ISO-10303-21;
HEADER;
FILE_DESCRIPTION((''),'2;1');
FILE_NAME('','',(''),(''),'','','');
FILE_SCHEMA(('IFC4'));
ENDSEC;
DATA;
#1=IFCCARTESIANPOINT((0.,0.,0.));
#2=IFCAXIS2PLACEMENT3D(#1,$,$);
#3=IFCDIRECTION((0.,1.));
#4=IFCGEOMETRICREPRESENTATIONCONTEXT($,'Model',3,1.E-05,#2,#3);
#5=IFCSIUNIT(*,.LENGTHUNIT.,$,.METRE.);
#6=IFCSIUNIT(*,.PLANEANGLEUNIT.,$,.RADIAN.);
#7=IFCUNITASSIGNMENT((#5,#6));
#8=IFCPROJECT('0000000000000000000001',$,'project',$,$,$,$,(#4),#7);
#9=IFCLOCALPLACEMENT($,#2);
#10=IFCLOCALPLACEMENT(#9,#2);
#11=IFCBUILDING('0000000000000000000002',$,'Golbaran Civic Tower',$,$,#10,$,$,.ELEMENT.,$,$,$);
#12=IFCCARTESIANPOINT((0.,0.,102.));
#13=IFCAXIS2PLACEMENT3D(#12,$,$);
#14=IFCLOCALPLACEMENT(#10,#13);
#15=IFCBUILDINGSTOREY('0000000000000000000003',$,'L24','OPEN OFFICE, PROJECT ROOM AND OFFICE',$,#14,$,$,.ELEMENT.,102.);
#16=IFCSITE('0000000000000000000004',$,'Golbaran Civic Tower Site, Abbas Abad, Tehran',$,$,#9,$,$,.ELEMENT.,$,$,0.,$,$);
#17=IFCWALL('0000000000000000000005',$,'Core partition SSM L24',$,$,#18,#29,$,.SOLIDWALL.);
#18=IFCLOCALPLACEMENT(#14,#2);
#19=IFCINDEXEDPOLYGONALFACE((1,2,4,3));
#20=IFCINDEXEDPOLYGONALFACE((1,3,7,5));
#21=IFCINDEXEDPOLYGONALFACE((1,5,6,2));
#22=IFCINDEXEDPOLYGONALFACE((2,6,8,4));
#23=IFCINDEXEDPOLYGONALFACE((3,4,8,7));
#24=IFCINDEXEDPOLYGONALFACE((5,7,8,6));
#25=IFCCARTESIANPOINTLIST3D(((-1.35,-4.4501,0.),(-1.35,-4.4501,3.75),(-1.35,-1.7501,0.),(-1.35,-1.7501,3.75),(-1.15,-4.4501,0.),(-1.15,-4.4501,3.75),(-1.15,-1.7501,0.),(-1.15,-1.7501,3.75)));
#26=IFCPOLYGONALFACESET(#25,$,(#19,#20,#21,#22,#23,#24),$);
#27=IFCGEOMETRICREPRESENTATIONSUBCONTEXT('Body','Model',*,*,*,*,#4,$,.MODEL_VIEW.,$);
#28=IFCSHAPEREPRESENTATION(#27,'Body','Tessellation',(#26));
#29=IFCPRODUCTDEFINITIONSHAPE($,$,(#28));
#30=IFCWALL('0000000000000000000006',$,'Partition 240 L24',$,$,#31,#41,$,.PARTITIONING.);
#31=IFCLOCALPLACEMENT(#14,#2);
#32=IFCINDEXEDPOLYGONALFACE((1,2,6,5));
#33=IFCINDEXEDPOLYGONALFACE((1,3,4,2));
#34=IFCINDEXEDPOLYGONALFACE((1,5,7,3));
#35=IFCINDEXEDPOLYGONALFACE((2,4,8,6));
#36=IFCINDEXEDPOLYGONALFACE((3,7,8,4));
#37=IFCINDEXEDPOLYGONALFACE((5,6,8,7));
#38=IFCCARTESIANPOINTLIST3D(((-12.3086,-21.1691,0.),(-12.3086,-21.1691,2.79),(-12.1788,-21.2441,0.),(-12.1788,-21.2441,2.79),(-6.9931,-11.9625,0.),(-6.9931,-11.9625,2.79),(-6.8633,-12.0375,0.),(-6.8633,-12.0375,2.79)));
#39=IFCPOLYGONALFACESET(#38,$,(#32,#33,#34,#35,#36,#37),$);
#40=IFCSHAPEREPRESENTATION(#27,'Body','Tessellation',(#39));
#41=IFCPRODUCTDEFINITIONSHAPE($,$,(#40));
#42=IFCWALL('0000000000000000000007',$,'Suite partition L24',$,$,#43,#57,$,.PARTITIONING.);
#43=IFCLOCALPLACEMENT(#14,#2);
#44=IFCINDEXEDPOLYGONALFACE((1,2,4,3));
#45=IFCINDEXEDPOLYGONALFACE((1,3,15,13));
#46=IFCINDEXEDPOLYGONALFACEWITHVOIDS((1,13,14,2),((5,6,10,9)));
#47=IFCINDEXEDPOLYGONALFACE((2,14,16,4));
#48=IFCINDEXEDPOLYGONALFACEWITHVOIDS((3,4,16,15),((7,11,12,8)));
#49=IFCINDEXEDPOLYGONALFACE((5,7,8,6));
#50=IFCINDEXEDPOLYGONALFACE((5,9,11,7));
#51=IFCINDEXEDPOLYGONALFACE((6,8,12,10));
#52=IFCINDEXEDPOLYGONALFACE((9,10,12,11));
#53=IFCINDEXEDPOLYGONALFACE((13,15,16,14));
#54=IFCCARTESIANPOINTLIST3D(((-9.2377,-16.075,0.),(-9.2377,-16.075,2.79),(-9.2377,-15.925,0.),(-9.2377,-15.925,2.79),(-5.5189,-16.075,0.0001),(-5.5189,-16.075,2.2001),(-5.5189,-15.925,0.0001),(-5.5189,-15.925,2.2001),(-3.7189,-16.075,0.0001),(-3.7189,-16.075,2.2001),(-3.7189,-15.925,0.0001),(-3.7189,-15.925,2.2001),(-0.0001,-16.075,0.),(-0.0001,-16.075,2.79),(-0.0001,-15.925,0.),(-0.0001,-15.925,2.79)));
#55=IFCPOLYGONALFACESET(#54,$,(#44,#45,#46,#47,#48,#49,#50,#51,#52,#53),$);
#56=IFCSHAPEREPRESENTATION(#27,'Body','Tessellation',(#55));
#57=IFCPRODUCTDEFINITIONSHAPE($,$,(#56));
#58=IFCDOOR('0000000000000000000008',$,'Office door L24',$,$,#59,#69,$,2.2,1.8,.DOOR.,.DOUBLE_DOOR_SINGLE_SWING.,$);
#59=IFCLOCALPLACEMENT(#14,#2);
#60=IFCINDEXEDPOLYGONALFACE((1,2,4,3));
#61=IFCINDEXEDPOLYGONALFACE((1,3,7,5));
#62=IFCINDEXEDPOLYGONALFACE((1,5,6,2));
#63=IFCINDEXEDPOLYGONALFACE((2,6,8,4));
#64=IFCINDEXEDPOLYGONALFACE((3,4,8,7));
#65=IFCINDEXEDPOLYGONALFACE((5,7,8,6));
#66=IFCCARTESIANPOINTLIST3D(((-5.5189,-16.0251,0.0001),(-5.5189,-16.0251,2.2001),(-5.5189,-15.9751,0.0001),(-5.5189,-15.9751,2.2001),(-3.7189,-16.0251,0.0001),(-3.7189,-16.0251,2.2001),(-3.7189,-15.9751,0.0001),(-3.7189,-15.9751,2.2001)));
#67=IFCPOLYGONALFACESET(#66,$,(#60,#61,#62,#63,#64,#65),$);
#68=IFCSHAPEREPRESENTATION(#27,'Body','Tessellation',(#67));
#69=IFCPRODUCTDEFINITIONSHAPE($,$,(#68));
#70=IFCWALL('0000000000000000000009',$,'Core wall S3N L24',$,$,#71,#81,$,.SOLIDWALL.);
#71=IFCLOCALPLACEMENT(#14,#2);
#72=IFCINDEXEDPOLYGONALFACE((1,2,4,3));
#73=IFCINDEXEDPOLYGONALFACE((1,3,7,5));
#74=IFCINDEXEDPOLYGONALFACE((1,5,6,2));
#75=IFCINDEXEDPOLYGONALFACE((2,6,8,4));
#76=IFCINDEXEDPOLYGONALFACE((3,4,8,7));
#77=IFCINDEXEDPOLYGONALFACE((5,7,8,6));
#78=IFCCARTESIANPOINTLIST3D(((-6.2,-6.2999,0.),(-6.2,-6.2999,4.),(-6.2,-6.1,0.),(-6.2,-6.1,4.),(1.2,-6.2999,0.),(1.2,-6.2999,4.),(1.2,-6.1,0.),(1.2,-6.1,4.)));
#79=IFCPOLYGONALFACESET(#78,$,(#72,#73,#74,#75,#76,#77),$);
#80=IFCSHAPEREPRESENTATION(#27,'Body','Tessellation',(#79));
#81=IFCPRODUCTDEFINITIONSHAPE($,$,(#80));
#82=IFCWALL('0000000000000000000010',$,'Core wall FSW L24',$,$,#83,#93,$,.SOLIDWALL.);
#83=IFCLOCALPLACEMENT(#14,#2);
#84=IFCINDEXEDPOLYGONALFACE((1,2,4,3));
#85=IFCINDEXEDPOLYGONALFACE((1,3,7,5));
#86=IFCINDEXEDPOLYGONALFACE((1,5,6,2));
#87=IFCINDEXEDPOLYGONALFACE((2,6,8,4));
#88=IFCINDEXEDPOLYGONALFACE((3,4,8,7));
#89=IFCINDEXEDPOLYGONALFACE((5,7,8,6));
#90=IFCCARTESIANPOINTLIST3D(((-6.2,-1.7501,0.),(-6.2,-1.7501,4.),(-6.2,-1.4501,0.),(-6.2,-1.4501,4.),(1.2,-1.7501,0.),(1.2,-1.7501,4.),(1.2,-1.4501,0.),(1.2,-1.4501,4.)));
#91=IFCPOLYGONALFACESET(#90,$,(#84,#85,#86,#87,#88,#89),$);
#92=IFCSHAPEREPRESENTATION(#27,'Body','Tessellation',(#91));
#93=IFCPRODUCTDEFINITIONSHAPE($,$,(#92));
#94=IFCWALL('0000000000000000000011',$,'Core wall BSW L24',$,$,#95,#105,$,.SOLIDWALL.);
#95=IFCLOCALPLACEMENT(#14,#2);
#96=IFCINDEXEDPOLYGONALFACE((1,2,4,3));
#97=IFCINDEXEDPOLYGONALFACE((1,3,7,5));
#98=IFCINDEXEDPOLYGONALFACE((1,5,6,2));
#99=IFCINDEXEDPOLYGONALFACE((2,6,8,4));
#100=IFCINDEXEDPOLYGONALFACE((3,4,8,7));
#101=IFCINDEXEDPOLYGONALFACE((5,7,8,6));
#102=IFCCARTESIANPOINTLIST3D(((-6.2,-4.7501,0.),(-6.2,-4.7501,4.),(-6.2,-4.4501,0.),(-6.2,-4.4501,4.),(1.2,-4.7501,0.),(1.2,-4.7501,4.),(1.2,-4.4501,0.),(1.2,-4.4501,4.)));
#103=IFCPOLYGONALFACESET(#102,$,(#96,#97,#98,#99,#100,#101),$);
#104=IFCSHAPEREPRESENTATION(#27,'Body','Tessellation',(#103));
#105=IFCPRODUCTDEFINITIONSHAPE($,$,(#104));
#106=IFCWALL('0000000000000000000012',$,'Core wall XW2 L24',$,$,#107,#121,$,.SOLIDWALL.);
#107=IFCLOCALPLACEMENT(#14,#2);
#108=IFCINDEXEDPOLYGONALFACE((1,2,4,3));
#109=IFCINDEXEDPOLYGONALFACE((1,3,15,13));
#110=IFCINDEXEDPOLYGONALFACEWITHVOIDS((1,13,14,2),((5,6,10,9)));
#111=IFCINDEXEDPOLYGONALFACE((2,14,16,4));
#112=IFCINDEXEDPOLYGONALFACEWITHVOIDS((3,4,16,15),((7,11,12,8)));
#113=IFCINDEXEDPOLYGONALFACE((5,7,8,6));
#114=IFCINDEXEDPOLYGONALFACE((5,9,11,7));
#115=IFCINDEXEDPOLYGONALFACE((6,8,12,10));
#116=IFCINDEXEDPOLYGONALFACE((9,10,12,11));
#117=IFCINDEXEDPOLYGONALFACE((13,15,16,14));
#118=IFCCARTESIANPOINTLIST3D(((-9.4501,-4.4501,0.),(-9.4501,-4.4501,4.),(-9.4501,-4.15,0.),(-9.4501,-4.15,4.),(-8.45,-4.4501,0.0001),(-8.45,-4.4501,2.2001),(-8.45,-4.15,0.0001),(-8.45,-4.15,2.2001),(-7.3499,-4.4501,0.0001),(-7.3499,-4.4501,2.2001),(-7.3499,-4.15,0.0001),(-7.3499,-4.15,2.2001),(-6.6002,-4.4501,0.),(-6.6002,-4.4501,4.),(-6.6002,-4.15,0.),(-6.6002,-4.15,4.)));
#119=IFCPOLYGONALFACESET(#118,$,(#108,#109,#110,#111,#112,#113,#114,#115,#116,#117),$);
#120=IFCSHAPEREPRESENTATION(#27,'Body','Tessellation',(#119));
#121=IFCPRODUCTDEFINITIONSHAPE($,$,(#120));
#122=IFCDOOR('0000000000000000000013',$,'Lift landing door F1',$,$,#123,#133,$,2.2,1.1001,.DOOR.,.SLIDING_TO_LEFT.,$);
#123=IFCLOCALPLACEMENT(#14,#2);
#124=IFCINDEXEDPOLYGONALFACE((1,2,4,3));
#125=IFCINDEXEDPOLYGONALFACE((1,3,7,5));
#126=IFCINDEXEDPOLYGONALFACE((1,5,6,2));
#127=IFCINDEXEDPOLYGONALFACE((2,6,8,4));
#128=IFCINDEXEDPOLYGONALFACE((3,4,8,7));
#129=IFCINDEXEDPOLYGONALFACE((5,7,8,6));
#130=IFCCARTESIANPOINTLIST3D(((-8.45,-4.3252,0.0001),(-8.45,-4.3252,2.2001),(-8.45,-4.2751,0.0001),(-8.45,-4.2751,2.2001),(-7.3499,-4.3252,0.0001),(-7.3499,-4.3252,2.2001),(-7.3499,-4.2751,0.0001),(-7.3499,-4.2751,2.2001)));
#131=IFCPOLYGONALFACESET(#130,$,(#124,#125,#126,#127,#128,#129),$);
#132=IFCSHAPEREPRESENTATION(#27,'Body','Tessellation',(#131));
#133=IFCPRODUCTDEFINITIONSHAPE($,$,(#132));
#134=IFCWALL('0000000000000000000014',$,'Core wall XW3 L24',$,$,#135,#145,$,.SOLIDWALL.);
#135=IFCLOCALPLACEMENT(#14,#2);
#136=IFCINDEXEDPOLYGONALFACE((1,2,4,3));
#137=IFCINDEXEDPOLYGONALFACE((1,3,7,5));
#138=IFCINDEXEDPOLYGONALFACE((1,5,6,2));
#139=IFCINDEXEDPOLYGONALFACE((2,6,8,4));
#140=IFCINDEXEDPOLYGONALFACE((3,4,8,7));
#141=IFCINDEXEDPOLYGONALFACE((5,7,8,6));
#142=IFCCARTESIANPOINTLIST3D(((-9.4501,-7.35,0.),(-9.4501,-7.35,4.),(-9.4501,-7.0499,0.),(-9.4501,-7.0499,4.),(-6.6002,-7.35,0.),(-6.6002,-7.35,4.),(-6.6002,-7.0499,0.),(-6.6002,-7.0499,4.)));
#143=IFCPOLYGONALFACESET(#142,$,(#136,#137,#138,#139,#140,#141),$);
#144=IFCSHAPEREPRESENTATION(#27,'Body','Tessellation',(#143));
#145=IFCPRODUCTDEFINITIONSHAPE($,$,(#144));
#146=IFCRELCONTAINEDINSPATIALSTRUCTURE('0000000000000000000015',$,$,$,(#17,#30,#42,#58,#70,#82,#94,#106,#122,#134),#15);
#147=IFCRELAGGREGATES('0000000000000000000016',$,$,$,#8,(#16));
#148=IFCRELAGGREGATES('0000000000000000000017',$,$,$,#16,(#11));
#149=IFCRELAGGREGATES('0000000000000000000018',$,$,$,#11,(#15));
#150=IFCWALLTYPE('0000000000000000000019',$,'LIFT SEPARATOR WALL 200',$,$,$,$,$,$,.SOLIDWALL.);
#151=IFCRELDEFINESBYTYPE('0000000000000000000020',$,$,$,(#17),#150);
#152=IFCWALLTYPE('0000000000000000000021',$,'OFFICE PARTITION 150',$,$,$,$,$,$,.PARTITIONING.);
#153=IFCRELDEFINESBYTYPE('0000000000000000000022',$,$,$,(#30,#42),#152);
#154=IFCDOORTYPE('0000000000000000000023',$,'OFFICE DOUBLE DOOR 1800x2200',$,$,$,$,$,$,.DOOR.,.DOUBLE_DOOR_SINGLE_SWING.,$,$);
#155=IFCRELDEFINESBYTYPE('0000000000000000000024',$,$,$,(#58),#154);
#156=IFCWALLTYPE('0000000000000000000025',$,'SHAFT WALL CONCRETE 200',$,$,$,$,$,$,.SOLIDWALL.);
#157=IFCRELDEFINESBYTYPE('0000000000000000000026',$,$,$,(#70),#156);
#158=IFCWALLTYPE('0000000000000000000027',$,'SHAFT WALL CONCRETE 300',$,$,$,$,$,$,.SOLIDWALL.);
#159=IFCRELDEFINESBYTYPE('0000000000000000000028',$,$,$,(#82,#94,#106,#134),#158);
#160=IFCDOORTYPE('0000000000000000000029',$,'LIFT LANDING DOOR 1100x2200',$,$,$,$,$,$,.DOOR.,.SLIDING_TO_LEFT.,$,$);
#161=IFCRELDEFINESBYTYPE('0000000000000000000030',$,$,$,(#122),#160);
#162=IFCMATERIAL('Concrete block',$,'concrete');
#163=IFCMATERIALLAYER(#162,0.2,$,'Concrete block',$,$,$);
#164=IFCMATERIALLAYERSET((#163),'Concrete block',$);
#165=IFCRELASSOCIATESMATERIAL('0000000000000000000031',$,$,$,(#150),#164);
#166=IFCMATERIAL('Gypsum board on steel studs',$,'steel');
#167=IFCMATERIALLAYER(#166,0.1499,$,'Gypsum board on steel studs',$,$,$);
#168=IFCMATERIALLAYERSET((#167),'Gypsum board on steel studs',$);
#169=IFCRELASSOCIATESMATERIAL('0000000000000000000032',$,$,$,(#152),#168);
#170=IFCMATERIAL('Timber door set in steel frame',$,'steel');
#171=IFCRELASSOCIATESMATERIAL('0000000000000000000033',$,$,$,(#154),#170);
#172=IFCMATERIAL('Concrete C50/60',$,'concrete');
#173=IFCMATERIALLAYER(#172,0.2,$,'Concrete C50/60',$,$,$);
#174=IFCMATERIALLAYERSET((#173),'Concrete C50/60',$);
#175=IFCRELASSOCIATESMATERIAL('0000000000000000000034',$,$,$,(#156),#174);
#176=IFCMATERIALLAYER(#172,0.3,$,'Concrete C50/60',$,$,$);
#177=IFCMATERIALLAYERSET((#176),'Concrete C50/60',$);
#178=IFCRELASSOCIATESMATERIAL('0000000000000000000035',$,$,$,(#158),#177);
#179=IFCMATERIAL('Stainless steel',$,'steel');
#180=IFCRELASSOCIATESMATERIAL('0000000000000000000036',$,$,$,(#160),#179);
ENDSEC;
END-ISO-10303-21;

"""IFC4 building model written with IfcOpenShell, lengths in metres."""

from ifc_helpers import new_model, si_unit, direction, frame, frame_2d, origin, place, context, subcontext, project, spatial, rectangle, extrude, material, layer, layer_set, type_object, element, fill, save


model = new_model("IFC4")

# Units and contexts
model_context = context("Model", 3, precision=1e-05, world=origin(), true_north=direction((0.0, 1.0)))
body_context = subcontext(model_context, "Body", "Model", "MODEL_VIEW")
ifc_project = project(units=[si_unit("LENGTHUNIT", "METRE"), si_unit("PLANEANGLEUNIT", "RADIAN")], contexts=[model_context])

# Site, building, storey
site_placement = place(None, origin())
site = spatial("IfcSite", under=ifc_project, at=site_placement, Name="Golbaran Civic Tower Site, Abbas Abad, Tehran", CompositionType="ELEMENT", RefElevation=0.0)
building_placement = place(site_placement, origin())
building = spatial("IfcBuilding", under=site, at=building_placement, Name="Golbaran Civic Tower", CompositionType="ELEMENT")
storey_placement = place(building_placement, frame((0.0, 0.0, 102.0)))
storey = spatial("IfcBuildingStorey", under=building, at=storey_placement, Name="L24", Description="OPEN OFFICE, PROJECT ROOM AND OFFICE", CompositionType="ELEMENT", Elevation=102.0)

# Shared definitions
ifc_material_1 = material(Name="Concrete C50/60", Category="concrete")
ifc_material_2 = material(Name="Timber door set in steel frame", Category="steel")

# Walls
ifc_material_3 = material(Name="Concrete block", Category="concrete")
ifc_layer_1 = layer(ifc_material_3, 0.2, Name="Concrete block")
ifc_layer_set_1 = layer_set([ifc_layer_1], Name="Concrete block")
wall_type_1 = type_object("IfcWallType", Name="LIFT SEPARATOR WALL 200", PredefinedType="SOLIDWALL", material=ifc_layer_set_1)
for number, where, z_axis, x_axis, name in (
    (1, (-1.25, -1.75, 0.0), (0.0, 0.0, 1.0), (0.0, -1.0, 0.0), "Core partition SSM L24"),
):
    element("IfcWall", number, at=place(storey_placement, frame(where, z_axis=z_axis, x_axis=x_axis)), inside=storey, type_object=wall_type_1, Name=name, PredefinedType="SOLIDWALL", context=body_context, shape_type="SweptSolid", body=[
        extrude(rectangle(XDim=2.7, YDim=0.2, at=frame_2d((1.3501, 0.0))), origin(), (0.0, 0.0, 1.0), 3.75),
    ])
ifc_material_4 = material(Name="Gypsum board on steel studs", Category="steel")
ifc_layer_2 = layer(ifc_material_4, 0.1499, Name="Gypsum board on steel studs")
ifc_layer_set_2 = layer_set([ifc_layer_2], Name="Gypsum board on steel studs")
wall_type_2 = type_object("IfcWallType", Name="OFFICE PARTITION 150", PredefinedType="PARTITIONING", material=ifc_layer_set_2)
wall_1_placement = place(storey_placement, frame((-6.9282, -12.0, 0.0), z_axis=(0.0, 0.0, 1.0), x_axis=(-0.500002, -0.866024, 0.0)))
element("IfcWall", 2, at=wall_1_placement, inside=storey, type_object=wall_type_2, Name="Partition 240 L24", PredefinedType="PARTITIONING", context=body_context, shape_type="SweptSolid", body=[
    extrude(rectangle(XDim=10.6309, YDim=0.1499, at=frame_2d((5.3154, 0.0))), origin(), (0.0, 0.0, 1.0), 2.79),
])

# Wall, opening, door
wall_2_placement = place(storey_placement, frame((-9.2375, -16.0, 0.0), z_axis=(0.0, 0.0, 1.0), x_axis=(1.0, 0.0, 0.0)))
wall_2 = element("IfcWall", 3, at=wall_2_placement, inside=storey, type_object=wall_type_2, Name="Suite partition L24", PredefinedType="PARTITIONING", context=body_context, shape_type="SweptSolid", body=[
    extrude(rectangle(XDim=9.2375, YDim=0.1499, at=frame_2d((4.6187, 0.0))), origin(), (0.0, 0.0, 1.0), 2.79),
])
opening_1_placement = place(wall_2_placement, frame((3.7188, 0.0, 0.0)))
opening_1 = element("IfcOpeningElement", 4, at=opening_1_placement, cuts=wall_2, PredefinedType="OPENING", context=body_context, shape_type="SweptSolid", body=[
    extrude(rectangle(XDim=1.8, YDim=2.2, at=frame_2d((0.8999, 1.1001))), frame((0.0, 0.085, 0.0), z_axis=(0.0, -1.0, 0.0), x_axis=(1.0, 0.0, 0.0)), (0.0, 0.0, 1.0), 0.1699),
])
door_type_1 = type_object("IfcDoorType", Name="OFFICE DOUBLE DOOR 1800x2200", OperationType="DOUBLE_DOOR_SINGLE_SWING", PredefinedType="DOOR", material=ifc_material_2)
door_1_placement = place(opening_1_placement, origin())
door_1 = element("IfcDoor", 5, at=door_1_placement, inside=storey, type_object=door_type_1, Name="Office door L24", OperationType="DOUBLE_DOOR_SINGLE_SWING", OverallHeight=2.2, OverallWidth=1.8, PredefinedType="DOOR", context=body_context, shape_type="SweptSolid", body=[
    extrude(rectangle(XDim=1.8, YDim=2.2, at=frame_2d((0.8999, 1.1001))), frame((0.0, 0.0249, 0.0), z_axis=(0.0, -1.0, 0.0), x_axis=(1.0, 0.0, 0.0)), (0.0, 0.0, 1.0), 0.05),
])
fill(opening_1, door_1)

# Walls
ifc_layer_3 = layer(ifc_material_1, 0.2, Name="Concrete C50/60")
ifc_layer_set_3 = layer_set([ifc_layer_3], Name="Concrete C50/60")
wall_type_3 = type_object("IfcWallType", Name="SHAFT WALL CONCRETE 200", PredefinedType="SOLIDWALL", material=ifc_layer_set_3)
wall_3_placement = place(storey_placement, frame((-6.2, -6.2, 0.0), z_axis=(0.0, 0.0, 1.0), x_axis=(1.0, 0.0, 0.0)))
element("IfcWall", 6, at=wall_3_placement, inside=storey, type_object=wall_type_3, Name="Core wall S3N L24", PredefinedType="SOLIDWALL", context=body_context, shape_type="SweptSolid", body=[
    extrude(rectangle(XDim=7.3999, YDim=0.2, at=frame_2d((3.7, 0.0))), origin(), (0.0, 0.0, 1.0), 4.0),
])
ifc_layer_4 = layer(ifc_material_1, 0.3, Name="Concrete C50/60")
ifc_layer_set_4 = layer_set([ifc_layer_4], Name="Concrete C50/60")
wall_type_4 = type_object("IfcWallType", Name="SHAFT WALL CONCRETE 300", PredefinedType="SOLIDWALL", material=ifc_layer_set_4)
for number, where, z_axis, x_axis, name in (
    (7, (-6.2, -1.6001, 0.0), (0.0, 0.0, 1.0), (1.0, 0.0, 0.0), "Core wall FSW L24"),
    (8, (-6.2, -4.6001, 0.0), (0.0, 0.0, 1.0), (1.0, 0.0, 0.0), "Core wall BSW L24"),
):
    element("IfcWall", number, at=place(storey_placement, frame(where, z_axis=z_axis, x_axis=x_axis)), inside=storey, type_object=wall_type_4, Name=name, PredefinedType="SOLIDWALL", context=body_context, shape_type="SweptSolid", body=[
        extrude(rectangle(XDim=7.3999, YDim=0.3, at=frame_2d((3.7, 0.0))), origin(), (0.0, 0.0, 1.0), 4.0),
    ])

# Wall, opening, door
wall_4_placement = place(storey_placement, frame((-9.45, -4.3, 0.0), z_axis=(0.0, 0.0, 1.0), x_axis=(1.0, 0.0, 0.0)))
wall_4 = element("IfcWall", 9, at=wall_4_placement, inside=storey, type_object=wall_type_4, Name="Core wall XW2 L24", PredefinedType="SOLIDWALL", context=body_context, shape_type="SweptSolid", body=[
    extrude(rectangle(XDim=2.8499, YDim=0.3, at=frame_2d((1.4248, 0.0))), origin(), (0.0, 0.0, 1.0), 4.0),
])
opening_2_placement = place(wall_4_placement, frame((1.0, 0.0, 0.0)))
opening_2 = element("IfcOpeningElement", 10, at=opening_2_placement, cuts=wall_4, PredefinedType="OPENING", context=body_context, shape_type="SweptSolid", body=[
    extrude(rectangle(XDim=1.1001, YDim=2.2, at=frame_2d((0.55, 1.1001))), frame((0.0, 0.1599, 0.0), z_axis=(0.0, -1.0, 0.0), x_axis=(1.0, 0.0, 0.0)), (0.0, 0.0, 1.0), 0.3201),
])
ifc_material_5 = material(Name="Stainless steel", Category="steel")
door_type_2 = type_object("IfcDoorType", Name="LIFT LANDING DOOR 1100x2200", OperationType="SLIDING_TO_LEFT", PredefinedType="DOOR", material=ifc_material_5)
door_2_placement = place(opening_2_placement, origin())
door_2 = element("IfcDoor", 11, at=door_2_placement, inside=storey, type_object=door_type_2, Name="Lift landing door F1", OperationType="SLIDING_TO_LEFT", OverallHeight=2.2, OverallWidth=1.1001, PredefinedType="DOOR", context=body_context, shape_type="SweptSolid", body=[
    extrude(rectangle(XDim=1.1001, YDim=2.2, at=frame_2d((0.55, 1.1001))), frame((0.0, 0.0249, 0.0), z_axis=(0.0, -1.0, 0.0), x_axis=(1.0, 0.0, 0.0)), (0.0, 0.0, 1.0), 0.05),
])
fill(opening_2, door_2)

# Wall
wall_5_placement = place(storey_placement, frame((-9.45, -7.2, 0.0), z_axis=(0.0, 0.0, 1.0), x_axis=(1.0, 0.0, 0.0)))
element("IfcWall", 12, at=wall_5_placement, inside=storey, type_object=wall_type_4, Name="Core wall XW3 L24", PredefinedType="SOLIDWALL", context=body_context, shape_type="SweptSolid", body=[
    extrude(rectangle(XDim=2.8499, YDim=0.3, at=frame_2d((1.4248, 0.0))), origin(), (0.0, 0.0, 1.0), 4.0),
])

save(model, "model.ifc")
